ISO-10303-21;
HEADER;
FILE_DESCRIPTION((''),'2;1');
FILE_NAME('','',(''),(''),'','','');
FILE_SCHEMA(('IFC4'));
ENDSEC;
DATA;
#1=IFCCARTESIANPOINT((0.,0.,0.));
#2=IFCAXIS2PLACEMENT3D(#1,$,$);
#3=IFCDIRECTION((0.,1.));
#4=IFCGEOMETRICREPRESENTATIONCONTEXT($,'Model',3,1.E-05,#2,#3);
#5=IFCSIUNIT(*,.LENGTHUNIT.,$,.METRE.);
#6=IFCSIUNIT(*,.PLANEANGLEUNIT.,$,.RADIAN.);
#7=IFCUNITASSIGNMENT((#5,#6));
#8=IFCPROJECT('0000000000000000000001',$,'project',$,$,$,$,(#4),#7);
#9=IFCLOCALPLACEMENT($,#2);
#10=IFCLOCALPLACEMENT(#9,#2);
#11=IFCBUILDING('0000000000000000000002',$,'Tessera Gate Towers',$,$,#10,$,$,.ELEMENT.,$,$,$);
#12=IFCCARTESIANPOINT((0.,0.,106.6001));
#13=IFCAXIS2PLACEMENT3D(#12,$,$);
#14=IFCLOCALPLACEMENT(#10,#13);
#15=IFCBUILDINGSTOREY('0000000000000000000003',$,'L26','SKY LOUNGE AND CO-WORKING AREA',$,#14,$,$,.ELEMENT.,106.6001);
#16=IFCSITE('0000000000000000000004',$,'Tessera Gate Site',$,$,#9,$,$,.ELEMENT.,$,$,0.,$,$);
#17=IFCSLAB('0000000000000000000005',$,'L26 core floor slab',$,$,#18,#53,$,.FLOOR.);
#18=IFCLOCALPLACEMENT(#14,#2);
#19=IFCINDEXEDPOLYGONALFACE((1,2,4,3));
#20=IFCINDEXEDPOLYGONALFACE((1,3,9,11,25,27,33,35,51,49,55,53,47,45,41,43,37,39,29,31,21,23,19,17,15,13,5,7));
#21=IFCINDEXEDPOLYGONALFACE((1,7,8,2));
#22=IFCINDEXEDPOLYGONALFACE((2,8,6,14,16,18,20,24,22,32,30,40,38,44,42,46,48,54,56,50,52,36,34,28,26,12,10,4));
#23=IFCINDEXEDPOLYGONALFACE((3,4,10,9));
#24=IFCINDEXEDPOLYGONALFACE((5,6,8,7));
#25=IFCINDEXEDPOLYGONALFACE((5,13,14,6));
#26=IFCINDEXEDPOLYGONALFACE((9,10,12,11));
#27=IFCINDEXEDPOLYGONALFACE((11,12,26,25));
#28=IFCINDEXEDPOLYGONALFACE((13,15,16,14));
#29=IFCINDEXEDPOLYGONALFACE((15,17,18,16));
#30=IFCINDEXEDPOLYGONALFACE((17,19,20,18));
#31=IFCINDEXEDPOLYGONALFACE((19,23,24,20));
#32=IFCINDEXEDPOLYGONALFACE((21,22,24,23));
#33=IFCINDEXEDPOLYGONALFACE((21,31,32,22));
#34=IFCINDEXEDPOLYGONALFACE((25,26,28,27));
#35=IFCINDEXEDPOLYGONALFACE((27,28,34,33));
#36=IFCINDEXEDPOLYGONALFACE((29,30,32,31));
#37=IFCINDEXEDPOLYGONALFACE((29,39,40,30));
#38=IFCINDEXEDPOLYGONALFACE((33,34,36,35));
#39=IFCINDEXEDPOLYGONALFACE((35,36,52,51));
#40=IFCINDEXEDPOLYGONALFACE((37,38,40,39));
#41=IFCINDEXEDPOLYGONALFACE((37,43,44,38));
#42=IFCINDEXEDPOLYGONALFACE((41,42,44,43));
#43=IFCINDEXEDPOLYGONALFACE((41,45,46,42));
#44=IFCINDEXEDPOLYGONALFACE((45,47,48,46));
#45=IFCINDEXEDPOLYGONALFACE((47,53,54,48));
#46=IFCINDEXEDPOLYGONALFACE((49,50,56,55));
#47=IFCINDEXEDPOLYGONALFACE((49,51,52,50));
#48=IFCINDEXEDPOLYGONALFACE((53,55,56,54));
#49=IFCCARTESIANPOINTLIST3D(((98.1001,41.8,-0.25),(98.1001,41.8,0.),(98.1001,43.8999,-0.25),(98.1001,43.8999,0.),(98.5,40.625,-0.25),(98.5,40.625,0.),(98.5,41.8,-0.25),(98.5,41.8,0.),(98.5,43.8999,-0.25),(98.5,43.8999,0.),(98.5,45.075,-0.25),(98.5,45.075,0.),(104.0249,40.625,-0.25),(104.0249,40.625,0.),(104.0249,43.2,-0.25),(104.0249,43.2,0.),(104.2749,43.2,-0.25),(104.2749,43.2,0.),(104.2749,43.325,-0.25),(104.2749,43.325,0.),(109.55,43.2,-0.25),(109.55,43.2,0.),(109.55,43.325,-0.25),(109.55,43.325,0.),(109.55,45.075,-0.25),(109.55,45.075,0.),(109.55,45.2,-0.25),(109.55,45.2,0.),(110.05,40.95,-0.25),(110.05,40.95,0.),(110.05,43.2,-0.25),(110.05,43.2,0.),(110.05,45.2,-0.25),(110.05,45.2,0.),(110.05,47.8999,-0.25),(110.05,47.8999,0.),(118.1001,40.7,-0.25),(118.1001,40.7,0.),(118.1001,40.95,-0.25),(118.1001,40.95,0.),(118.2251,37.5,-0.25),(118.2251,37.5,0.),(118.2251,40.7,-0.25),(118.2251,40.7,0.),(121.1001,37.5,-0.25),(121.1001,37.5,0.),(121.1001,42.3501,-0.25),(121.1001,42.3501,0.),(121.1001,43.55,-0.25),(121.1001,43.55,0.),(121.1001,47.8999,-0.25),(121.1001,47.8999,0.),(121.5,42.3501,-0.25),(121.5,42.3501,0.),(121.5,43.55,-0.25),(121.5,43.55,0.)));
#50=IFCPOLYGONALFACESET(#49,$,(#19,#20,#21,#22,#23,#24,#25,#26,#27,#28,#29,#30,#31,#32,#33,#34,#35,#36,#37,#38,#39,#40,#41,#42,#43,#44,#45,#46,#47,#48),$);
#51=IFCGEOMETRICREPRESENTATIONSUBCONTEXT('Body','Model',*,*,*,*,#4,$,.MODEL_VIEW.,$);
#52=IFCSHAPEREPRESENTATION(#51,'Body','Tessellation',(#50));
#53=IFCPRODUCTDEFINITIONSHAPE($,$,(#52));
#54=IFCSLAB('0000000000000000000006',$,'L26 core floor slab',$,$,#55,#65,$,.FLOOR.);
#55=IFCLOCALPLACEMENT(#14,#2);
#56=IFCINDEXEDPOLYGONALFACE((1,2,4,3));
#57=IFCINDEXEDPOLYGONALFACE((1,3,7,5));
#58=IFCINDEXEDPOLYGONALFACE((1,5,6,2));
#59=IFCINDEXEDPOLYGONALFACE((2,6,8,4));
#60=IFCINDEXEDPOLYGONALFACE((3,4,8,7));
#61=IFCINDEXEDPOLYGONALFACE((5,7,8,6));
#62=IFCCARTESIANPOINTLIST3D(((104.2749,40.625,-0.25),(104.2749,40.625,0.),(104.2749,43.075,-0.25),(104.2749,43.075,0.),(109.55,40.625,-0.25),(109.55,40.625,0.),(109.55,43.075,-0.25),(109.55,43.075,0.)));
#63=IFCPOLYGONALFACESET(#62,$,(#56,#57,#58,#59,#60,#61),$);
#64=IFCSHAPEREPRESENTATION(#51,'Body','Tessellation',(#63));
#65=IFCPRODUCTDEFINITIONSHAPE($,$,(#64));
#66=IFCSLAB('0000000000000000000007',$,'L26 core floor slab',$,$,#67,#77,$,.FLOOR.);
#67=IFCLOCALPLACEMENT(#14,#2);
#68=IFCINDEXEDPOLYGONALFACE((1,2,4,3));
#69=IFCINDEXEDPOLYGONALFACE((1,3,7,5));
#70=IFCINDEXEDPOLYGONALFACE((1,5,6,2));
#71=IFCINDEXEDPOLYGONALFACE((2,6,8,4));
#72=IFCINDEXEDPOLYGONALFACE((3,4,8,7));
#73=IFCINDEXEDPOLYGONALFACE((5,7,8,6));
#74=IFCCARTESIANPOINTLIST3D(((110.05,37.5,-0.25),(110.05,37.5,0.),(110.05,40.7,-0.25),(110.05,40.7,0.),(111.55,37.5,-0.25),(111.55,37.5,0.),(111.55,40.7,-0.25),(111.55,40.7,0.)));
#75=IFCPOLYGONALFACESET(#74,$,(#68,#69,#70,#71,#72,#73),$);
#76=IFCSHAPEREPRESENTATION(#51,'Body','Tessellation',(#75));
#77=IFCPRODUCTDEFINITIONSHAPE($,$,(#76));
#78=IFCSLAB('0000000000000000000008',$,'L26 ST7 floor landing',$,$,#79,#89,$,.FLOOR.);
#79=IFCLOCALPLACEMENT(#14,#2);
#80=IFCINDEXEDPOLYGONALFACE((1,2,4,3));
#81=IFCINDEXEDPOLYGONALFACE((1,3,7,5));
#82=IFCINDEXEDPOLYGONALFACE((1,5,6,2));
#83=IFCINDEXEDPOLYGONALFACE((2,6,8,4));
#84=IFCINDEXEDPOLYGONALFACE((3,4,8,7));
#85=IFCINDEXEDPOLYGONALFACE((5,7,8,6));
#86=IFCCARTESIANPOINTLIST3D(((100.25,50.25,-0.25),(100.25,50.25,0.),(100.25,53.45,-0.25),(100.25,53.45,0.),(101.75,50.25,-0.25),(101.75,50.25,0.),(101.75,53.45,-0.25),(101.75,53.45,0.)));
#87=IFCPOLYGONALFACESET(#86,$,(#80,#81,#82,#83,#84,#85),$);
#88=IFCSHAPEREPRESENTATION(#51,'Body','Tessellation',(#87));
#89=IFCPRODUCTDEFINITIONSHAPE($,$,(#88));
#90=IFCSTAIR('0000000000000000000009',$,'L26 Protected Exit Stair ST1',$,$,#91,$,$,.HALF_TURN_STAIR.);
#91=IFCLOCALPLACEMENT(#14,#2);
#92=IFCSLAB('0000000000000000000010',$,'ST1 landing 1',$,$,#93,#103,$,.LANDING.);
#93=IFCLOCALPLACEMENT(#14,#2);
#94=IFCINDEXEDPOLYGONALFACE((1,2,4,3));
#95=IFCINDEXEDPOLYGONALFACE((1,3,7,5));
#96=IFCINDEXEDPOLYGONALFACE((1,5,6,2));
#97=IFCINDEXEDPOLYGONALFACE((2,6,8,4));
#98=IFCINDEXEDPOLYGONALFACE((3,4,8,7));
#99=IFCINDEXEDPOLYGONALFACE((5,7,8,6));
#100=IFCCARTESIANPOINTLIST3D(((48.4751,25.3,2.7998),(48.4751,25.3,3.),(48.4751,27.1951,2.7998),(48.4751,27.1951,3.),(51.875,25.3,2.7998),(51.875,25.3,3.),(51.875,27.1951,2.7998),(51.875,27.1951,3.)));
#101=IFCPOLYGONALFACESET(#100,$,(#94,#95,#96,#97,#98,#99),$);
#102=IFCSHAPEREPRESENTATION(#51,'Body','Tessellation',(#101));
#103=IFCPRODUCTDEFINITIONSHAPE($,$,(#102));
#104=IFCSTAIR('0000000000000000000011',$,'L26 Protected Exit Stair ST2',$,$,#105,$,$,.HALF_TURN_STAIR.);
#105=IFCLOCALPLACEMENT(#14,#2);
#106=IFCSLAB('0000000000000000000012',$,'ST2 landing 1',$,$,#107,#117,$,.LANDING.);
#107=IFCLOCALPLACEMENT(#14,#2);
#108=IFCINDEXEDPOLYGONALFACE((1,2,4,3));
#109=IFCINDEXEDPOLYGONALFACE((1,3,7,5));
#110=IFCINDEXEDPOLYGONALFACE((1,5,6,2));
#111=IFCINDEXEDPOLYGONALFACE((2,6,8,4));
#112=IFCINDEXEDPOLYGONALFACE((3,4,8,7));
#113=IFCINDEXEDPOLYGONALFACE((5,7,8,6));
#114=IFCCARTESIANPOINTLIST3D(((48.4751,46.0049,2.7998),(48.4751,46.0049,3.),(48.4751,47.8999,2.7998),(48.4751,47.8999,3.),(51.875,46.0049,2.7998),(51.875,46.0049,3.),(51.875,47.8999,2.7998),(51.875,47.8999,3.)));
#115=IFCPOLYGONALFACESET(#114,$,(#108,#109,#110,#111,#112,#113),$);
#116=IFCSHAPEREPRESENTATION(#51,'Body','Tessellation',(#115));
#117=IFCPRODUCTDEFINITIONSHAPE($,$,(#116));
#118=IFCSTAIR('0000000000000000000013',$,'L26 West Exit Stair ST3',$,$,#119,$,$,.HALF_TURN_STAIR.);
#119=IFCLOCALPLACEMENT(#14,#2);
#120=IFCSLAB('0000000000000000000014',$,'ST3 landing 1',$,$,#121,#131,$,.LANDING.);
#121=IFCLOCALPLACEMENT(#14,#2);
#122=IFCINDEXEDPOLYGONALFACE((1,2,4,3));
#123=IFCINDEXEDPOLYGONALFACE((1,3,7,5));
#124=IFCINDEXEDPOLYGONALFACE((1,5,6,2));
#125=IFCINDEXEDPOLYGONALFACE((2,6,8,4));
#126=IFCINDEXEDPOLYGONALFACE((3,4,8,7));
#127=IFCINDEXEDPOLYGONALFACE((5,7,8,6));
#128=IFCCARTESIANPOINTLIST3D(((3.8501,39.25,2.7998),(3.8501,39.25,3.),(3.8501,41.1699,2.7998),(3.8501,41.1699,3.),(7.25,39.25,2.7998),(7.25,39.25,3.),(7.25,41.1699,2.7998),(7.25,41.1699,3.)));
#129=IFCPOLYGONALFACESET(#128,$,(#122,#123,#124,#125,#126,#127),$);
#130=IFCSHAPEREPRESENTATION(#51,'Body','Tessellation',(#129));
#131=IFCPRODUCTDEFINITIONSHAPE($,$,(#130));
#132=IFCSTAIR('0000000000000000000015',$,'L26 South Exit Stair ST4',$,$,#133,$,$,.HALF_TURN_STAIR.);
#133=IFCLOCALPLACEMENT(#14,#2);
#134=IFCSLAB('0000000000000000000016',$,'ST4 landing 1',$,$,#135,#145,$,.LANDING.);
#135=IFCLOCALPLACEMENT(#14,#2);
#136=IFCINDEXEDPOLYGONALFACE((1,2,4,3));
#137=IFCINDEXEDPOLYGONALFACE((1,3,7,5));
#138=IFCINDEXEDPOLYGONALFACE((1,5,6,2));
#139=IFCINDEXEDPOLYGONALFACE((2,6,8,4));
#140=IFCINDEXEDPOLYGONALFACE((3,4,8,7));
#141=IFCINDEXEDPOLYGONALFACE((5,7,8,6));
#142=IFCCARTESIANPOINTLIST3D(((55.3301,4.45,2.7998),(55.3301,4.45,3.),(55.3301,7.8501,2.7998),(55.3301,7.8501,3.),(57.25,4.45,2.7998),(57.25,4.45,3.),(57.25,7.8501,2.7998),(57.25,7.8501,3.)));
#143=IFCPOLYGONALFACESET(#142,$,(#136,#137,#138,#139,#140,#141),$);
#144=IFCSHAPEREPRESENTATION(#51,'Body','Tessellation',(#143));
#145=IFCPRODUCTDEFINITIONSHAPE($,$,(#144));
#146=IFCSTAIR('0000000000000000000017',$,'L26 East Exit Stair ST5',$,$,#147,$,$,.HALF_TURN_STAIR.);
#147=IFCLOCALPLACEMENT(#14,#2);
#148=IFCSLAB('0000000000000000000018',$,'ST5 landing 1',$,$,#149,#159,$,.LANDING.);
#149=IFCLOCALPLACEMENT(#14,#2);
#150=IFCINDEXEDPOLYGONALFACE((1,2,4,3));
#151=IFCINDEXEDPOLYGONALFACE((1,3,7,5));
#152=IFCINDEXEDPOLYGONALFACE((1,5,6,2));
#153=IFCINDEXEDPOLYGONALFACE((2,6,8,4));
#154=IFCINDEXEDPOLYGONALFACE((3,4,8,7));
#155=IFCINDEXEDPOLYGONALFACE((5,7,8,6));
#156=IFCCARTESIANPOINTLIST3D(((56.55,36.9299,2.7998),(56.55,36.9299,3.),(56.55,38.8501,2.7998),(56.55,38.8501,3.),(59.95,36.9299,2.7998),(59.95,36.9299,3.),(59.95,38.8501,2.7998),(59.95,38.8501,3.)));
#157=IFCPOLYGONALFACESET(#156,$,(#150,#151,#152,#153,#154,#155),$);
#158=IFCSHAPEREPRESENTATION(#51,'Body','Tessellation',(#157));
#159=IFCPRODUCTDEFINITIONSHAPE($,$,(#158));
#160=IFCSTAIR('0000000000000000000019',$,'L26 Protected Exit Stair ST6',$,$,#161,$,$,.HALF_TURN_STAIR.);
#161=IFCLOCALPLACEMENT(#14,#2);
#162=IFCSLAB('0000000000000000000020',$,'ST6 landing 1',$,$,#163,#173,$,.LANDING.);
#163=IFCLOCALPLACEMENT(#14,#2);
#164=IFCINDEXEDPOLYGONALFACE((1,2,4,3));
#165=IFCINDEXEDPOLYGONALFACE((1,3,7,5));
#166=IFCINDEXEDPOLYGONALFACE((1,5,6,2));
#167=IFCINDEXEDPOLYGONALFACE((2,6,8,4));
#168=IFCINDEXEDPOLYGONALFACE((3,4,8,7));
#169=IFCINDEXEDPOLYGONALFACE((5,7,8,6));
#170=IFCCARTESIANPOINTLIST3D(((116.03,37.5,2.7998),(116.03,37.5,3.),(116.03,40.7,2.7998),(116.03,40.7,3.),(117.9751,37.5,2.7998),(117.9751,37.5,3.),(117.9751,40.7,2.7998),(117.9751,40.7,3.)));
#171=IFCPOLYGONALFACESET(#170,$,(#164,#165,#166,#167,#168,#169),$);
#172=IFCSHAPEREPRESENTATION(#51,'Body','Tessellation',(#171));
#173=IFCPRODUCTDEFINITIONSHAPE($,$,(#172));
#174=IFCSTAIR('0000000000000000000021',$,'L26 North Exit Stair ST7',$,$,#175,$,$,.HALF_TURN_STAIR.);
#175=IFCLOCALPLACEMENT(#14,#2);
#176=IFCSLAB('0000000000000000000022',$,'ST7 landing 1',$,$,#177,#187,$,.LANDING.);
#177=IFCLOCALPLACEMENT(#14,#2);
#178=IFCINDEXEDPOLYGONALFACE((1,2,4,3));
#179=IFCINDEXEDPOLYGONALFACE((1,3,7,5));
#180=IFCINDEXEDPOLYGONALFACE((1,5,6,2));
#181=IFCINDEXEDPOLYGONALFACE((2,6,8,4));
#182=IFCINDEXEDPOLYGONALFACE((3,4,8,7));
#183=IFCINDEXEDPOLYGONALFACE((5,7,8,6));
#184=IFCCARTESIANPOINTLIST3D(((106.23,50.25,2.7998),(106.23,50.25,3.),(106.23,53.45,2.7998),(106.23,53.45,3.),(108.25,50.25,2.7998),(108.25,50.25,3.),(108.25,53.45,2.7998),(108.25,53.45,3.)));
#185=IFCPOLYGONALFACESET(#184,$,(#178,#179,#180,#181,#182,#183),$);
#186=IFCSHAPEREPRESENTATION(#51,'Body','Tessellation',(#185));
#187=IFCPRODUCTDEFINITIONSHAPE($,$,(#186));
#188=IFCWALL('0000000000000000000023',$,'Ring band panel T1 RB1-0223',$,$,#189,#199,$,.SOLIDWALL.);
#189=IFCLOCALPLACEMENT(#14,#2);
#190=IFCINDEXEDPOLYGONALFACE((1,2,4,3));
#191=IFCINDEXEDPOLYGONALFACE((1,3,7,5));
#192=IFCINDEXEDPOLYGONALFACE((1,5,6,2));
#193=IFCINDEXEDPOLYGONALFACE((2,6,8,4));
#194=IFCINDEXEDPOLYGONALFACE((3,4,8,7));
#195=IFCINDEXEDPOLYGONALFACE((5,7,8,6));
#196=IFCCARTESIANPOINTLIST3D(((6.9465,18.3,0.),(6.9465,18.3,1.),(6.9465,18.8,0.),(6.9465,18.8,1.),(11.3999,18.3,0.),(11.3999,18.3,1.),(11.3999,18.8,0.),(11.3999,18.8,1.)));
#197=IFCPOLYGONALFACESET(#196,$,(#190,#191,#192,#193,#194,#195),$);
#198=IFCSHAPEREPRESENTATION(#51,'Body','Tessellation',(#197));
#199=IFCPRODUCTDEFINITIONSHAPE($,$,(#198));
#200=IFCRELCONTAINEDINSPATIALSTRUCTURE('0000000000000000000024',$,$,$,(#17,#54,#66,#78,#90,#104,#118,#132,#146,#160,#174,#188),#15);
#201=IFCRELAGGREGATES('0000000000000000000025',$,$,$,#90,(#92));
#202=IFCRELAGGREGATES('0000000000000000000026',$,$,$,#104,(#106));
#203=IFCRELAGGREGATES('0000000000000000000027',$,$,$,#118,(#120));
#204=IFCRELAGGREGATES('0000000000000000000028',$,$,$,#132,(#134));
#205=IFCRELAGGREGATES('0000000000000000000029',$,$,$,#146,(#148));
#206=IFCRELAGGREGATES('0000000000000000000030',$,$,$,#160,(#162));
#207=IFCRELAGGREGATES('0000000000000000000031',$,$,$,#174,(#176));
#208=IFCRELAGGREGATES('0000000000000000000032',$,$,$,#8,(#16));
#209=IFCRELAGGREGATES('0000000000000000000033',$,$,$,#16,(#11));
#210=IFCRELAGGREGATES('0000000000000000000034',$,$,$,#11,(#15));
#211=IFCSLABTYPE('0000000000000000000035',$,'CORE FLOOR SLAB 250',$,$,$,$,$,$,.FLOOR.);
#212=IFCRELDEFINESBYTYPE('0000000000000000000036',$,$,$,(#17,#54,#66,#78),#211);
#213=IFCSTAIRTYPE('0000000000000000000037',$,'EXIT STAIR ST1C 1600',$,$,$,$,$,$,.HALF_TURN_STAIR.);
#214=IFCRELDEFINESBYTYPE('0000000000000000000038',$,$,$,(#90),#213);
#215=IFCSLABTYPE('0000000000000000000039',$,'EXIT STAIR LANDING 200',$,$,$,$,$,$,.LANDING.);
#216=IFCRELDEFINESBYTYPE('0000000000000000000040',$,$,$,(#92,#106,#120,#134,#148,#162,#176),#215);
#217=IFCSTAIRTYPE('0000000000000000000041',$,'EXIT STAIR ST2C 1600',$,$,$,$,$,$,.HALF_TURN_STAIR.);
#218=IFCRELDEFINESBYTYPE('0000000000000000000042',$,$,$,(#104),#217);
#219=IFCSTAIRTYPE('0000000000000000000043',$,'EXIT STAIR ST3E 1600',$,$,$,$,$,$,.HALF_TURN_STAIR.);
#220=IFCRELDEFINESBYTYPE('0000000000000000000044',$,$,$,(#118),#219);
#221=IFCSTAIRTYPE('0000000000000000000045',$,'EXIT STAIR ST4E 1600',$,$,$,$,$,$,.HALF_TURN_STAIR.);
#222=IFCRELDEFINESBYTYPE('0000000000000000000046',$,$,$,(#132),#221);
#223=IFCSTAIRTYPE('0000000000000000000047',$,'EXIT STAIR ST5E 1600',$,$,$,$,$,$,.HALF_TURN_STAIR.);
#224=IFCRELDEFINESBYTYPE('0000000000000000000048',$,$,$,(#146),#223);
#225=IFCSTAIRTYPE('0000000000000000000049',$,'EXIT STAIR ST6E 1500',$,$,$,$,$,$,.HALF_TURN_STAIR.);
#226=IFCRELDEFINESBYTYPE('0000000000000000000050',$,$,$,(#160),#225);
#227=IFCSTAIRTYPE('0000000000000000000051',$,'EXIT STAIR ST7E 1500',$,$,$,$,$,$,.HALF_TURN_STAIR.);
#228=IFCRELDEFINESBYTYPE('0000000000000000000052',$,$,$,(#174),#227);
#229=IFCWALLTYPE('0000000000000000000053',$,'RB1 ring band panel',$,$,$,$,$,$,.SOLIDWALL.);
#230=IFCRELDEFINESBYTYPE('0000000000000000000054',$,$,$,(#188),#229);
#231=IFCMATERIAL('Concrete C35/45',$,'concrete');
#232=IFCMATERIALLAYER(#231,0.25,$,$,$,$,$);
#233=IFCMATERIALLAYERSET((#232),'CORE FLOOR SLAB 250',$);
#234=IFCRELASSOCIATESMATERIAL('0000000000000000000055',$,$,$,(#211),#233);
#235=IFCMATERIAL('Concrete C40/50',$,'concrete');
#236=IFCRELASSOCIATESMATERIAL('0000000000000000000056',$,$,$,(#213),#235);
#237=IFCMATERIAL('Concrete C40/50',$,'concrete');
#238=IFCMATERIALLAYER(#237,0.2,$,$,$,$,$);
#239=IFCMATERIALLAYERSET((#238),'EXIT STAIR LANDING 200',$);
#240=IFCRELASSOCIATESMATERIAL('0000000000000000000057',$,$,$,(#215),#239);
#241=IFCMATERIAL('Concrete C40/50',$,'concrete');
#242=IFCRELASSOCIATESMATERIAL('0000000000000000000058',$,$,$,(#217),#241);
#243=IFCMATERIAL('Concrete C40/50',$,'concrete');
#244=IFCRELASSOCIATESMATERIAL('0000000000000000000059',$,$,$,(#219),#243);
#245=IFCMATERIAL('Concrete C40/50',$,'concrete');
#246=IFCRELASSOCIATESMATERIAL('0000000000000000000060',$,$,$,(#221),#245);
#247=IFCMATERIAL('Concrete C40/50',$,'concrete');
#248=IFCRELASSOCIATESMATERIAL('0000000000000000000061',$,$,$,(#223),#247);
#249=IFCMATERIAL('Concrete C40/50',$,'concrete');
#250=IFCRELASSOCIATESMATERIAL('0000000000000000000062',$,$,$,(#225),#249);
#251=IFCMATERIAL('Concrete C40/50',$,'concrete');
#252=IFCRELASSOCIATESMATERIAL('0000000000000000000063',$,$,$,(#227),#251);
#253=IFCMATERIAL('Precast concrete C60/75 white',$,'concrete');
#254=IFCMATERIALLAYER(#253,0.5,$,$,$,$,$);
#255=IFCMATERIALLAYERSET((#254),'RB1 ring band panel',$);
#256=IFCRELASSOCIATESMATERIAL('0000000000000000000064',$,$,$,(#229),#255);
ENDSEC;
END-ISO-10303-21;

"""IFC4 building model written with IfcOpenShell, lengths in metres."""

from ifc_helpers import new_model, si_unit, direction, frame, origin, place, context, subcontext, project, spatial, polyline, outline, extrude, source, transform, mapped, material, layer, layer_set, type_object, element, aggregate, save


model = new_model("IFC4")

# Units and contexts
model_context = context("Model", 3, precision=1e-05, world=origin(), true_north=direction((0.0, 1.0)))
body_context = subcontext(model_context, "Body", "Model", "MODEL_VIEW")
ifc_project = project(units=[si_unit("LENGTHUNIT", "METRE"), si_unit("PLANEANGLEUNIT", "RADIAN")], contexts=[model_context])

# Site, building, storey
site_placement = place(None, origin())
site = spatial("IfcSite", under=ifc_project, at=site_placement, Name="Tessera Gate Site", CompositionType="ELEMENT", RefElevation=0.0)
building_placement = place(site_placement, origin())
building = spatial("IfcBuilding", under=site, at=building_placement, Name="Tessera Gate Towers", CompositionType="ELEMENT")
storey_placement = place(building_placement, frame((0.0, 0.0, 106.6001)))
storey = spatial("IfcBuildingStorey", under=building, at=storey_placement, Name="L26", Description="SKY LOUNGE AND CO-WORKING AREA", CompositionType="ELEMENT", Elevation=106.6001)

# Slabs
ifc_material_1 = material(Name="Concrete C35/45", Category="concrete")
ifc_layer_1 = layer(ifc_material_1, 0.25)
ifc_layer_set_1 = layer_set([ifc_layer_1], Name="CORE FLOOR SLAB 250")
slab_type_1 = type_object("IfcSlabType", Name="CORE FLOOR SLAB 250", PredefinedType="FLOOR", material=ifc_layer_set_1)
slab_1_placement = place(storey_placement, frame((0.0, 0.0, -0.25)))
element("IfcSlab", 1, at=slab_1_placement, inside=storey, type_object=slab_type_1, Name="L26 core floor slab", PredefinedType="FLOOR", context=body_context, shape_type="SweptSolid", body=[
    extrude(outline(polyline([(109.55, 45.2), (109.55, 45.075), (98.5, 45.075), (98.5, 43.8999), (98.1001, 43.8999), (98.1001, 41.8), (98.5, 41.8), (98.5, 40.625), (104.0249, 40.625), (104.0249, 43.2), (104.2749, 43.2), (104.2749, 43.325), (109.55, 43.325), (109.55, 43.2), (110.05, 43.2), (110.05, 40.95), (118.1001, 40.95), (118.1001, 40.7), (118.2251, 40.7), (118.2251, 37.5), (121.1001, 37.5), (121.1001, 42.3501), (121.5, 42.3501), (121.5, 43.55), (121.1001, 43.55), (121.1001, 47.8999), (110.05, 47.8999), (110.05, 45.2), (109.55, 45.2)])), origin(), (0.0, 0.0, 1.0), 0.25),
])
slab_2_placement = place(storey_placement, frame((0.0, 0.0, -0.25)))
element("IfcSlab", 2, at=slab_2_placement, inside=storey, type_object=slab_type_1, Name="L26 core floor slab", PredefinedType="FLOOR", context=body_context, shape_type="SweptSolid", body=[
    extrude(outline(polyline([(109.55, 43.075), (104.2749, 43.075), (104.2749, 40.625), (109.55, 40.625), (109.55, 43.075)])), origin(), (0.0, 0.0, 1.0), 0.25),
])
slab_3_placement = place(storey_placement, frame((0.0, 0.0, -0.25)))
element("IfcSlab", 3, at=slab_3_placement, inside=storey, type_object=slab_type_1, Name="L26 core floor slab", PredefinedType="FLOOR", context=body_context, shape_type="SweptSolid", body=[
    extrude(outline(polyline([(111.55, 37.5), (111.55, 40.7), (110.05, 40.7), (110.05, 37.5), (111.55, 37.5)])), origin(), (0.0, 0.0, 1.0), 0.25),
])
slab_4_placement = place(storey_placement, frame((0.0, 0.0, -0.25)))
element("IfcSlab", 4, at=slab_4_placement, inside=storey, type_object=slab_type_1, Name="L26 ST7 floor landing", PredefinedType="FLOOR", context=body_context, shape_type="SweptSolid", body=[
    extrude(outline(polyline([(100.25, 50.25), (101.75, 50.25), (101.75, 53.45), (100.25, 53.45), (100.25, 50.25)])), origin(), (0.0, 0.0, 1.0), 0.25),
])

# Stairs, slabs
ifc_material_2 = material(Name="Concrete C40/50", Category="concrete")
stair_type_1 = type_object("IfcStairType", Name="EXIT STAIR ST1C 1600", PredefinedType="HALF_TURN_STAIR", material=ifc_material_2)
stair_1_placement = place(storey_placement, origin())
stair_1 = element("IfcStair", 5, at=stair_1_placement, inside=storey, type_object=stair_type_1, Name="L26 Protected Exit Stair ST1", PredefinedType="HALF_TURN_STAIR")
ifc_material_3 = material(Name="Concrete C40/50", Category="concrete")
ifc_layer_2 = layer(ifc_material_3, 0.2)
ifc_layer_set_2 = layer_set([ifc_layer_2], Name="EXIT STAIR LANDING 200")
slab_type_2 = type_object("IfcSlabType", Name="EXIT STAIR LANDING 200", PredefinedType="LANDING", material=ifc_layer_set_2)
slab_5_placement = place(storey_placement, frame((0.0, 0.0, 2.7998)))
slab_5 = element("IfcSlab", 6, at=slab_5_placement, type_object=slab_type_2, Name="ST1 landing 1", PredefinedType="LANDING", context=body_context, shape_type="SweptSolid", body=[
    extrude(outline(polyline([(48.4751, 27.1951), (48.4751, 25.3), (51.875, 25.3), (51.875, 27.1951), (48.4751, 27.1951)])), origin(), (0.0, 0.0, 1.0), 0.2002),
])
aggregate(stair_1, [slab_5])
ifc_material_4 = material(Name="Concrete C40/50", Category="concrete")
stair_type_2 = type_object("IfcStairType", Name="EXIT STAIR ST2C 1600", PredefinedType="HALF_TURN_STAIR", material=ifc_material_4)
stair_2_placement = place(storey_placement, origin())
stair_2 = element("IfcStair", 7, at=stair_2_placement, inside=storey, type_object=stair_type_2, Name="L26 Protected Exit Stair ST2", PredefinedType="HALF_TURN_STAIR")
slab_6_placement = place(storey_placement, frame((0.0, 0.0, 2.7998)))
slab_6 = element("IfcSlab", 8, at=slab_6_placement, type_object=slab_type_2, Name="ST2 landing 1", PredefinedType="LANDING", context=body_context, shape_type="SweptSolid", body=[
    extrude(outline(polyline([(51.875, 46.0049), (51.875, 47.8999), (48.4751, 47.8999), (48.4751, 46.0049), (51.875, 46.0049)])), origin(), (0.0, 0.0, 1.0), 0.2002),
])
aggregate(stair_2, [slab_6])
ifc_material_5 = material(Name="Concrete C40/50", Category="concrete")
stair_type_3 = type_object("IfcStairType", Name="EXIT STAIR ST3E 1600", PredefinedType="HALF_TURN_STAIR", material=ifc_material_5)
stair_3_placement = place(storey_placement, origin())
stair_3 = element("IfcStair", 9, at=stair_3_placement, inside=storey, type_object=stair_type_3, Name="L26 West Exit Stair ST3", PredefinedType="HALF_TURN_STAIR")
slab_7_placement = place(storey_placement, frame((0.0, 0.0, 2.7998)))
slab_7 = element("IfcSlab", 10, at=slab_7_placement, type_object=slab_type_2, Name="ST3 landing 1", PredefinedType="LANDING", context=body_context, shape_type="SweptSolid", body=[
    extrude(outline(polyline([(3.8501, 41.1699), (3.8501, 39.25), (7.25, 39.25), (7.25, 41.1699), (3.8501, 41.1699)])), origin(), (0.0, 0.0, 1.0), 0.2002),
])
aggregate(stair_3, [slab_7])
ifc_material_6 = material(Name="Concrete C40/50", Category="concrete")
stair_type_4 = type_object("IfcStairType", Name="EXIT STAIR ST4E 1600", PredefinedType="HALF_TURN_STAIR", material=ifc_material_6)
stair_4_placement = place(storey_placement, origin())
stair_4 = element("IfcStair", 11, at=stair_4_placement, inside=storey, type_object=stair_type_4, Name="L26 South Exit Stair ST4", PredefinedType="HALF_TURN_STAIR")
slab_8_placement = place(storey_placement, frame((0.0, 0.0, 2.7998)))
slab_8 = element("IfcSlab", 12, at=slab_8_placement, type_object=slab_type_2, Name="ST4 landing 1", PredefinedType="LANDING", context=body_context, shape_type="SweptSolid", body=[
    extrude(outline(polyline([(55.3301, 4.45), (57.25, 4.45), (57.25, 7.8501), (55.3301, 7.8501), (55.3301, 4.45)])), origin(), (0.0, 0.0, 1.0), 0.2002),
])
aggregate(stair_4, [slab_8])
ifc_material_7 = material(Name="Concrete C40/50", Category="concrete")
stair_type_5 = type_object("IfcStairType", Name="EXIT STAIR ST5E 1600", PredefinedType="HALF_TURN_STAIR", material=ifc_material_7)
stair_5_placement = place(storey_placement, origin())
stair_5 = element("IfcStair", 13, at=stair_5_placement, inside=storey, type_object=stair_type_5, Name="L26 East Exit Stair ST5", PredefinedType="HALF_TURN_STAIR")
slab_9_placement = place(storey_placement, frame((0.0, 0.0, 2.7998)))
slab_9 = element("IfcSlab", 14, at=slab_9_placement, type_object=slab_type_2, Name="ST5 landing 1", PredefinedType="LANDING", context=body_context, shape_type="SweptSolid", body=[
    extrude(outline(polyline([(59.95, 36.9299), (59.95, 38.8501), (56.55, 38.8501), (56.55, 36.9299), (59.95, 36.9299)])), origin(), (0.0, 0.0, 1.0), 0.2002),
])
aggregate(stair_5, [slab_9])
ifc_material_8 = material(Name="Concrete C40/50", Category="concrete")
stair_type_6 = type_object("IfcStairType", Name="EXIT STAIR ST6E 1500", PredefinedType="HALF_TURN_STAIR", material=ifc_material_8)
stair_6_placement = place(storey_placement, origin())
stair_6 = element("IfcStair", 15, at=stair_6_placement, inside=storey, type_object=stair_type_6, Name="L26 Protected Exit Stair ST6", PredefinedType="HALF_TURN_STAIR")
slab_10_placement = place(storey_placement, frame((0.0, 0.0, 2.7998)))
slab_10 = element("IfcSlab", 16, at=slab_10_placement, type_object=slab_type_2, Name="ST6 landing 1", PredefinedType="LANDING", context=body_context, shape_type="SweptSolid", body=[
    extrude(outline(polyline([(116.03, 37.5), (117.9751, 37.5), (117.9751, 40.7), (116.03, 40.7), (116.03, 37.5)])), origin(), (0.0, 0.0, 1.0), 0.2002),
])
aggregate(stair_6, [slab_10])
ifc_material_9 = material(Name="Concrete C40/50", Category="concrete")
stair_type_7 = type_object("IfcStairType", Name="EXIT STAIR ST7E 1500", PredefinedType="HALF_TURN_STAIR", material=ifc_material_9)
stair_7_placement = place(storey_placement, origin())
stair_7 = element("IfcStair", 17, at=stair_7_placement, inside=storey, type_object=stair_type_7, Name="L26 North Exit Stair ST7", PredefinedType="HALF_TURN_STAIR")
slab_11_placement = place(storey_placement, frame((0.0, 0.0, 2.7998)))
slab_11 = element("IfcSlab", 18, at=slab_11_placement, type_object=slab_type_2, Name="ST7 landing 1", PredefinedType="LANDING", context=body_context, shape_type="SweptSolid", body=[
    extrude(outline(polyline([(106.23, 50.25), (108.25, 50.25), (108.25, 53.45), (106.23, 53.45), (106.23, 50.25)])), origin(), (0.0, 0.0, 1.0), 0.2002),
])
aggregate(stair_7, [slab_11])

# Wall
ifc_material_10 = material(Name="Precast concrete C60/75 white", Category="concrete")
ifc_layer_3 = layer(ifc_material_10, 0.5)
ifc_layer_set_3 = layer_set([ifc_layer_3], Name="RB1 ring band panel")
wall_type = type_object("IfcWallType", Name="RB1 ring band panel", PredefinedType="SOLIDWALL", material=ifc_layer_set_3)
shared_shape = source(origin(), body_context, "Body", "SweptSolid", [
    extrude(outline(polyline([(0.0, 0.0), (4.4534, 0.0), (4.4534, 1.0), (0.0, 1.0), (0.0, 0.0)])), frame((0.0, 0.25, 0.0), z_axis=(0.0, -1.0, 0.0), x_axis=(1.0, 0.0, 0.0)), (0.0, 0.0, 1.0), 0.5),
])
wall_placement = place(storey_placement, frame((6.9465, 18.55, 0.0), z_axis=(0.0, 0.0, 1.0), x_axis=(1.0, 0.0, 0.0)))
element("IfcWall", 19, at=wall_placement, inside=storey, type_object=wall_type, Name="Ring band panel T1 RB1-0223", PredefinedType="SOLIDWALL", context=body_context, shape_type="MappedRepresentation", body=[
    mapped(shared_shape, transform((0.0, 0.0, 0.0), scale=1.0)),
])

save(model, "model.ifc")
